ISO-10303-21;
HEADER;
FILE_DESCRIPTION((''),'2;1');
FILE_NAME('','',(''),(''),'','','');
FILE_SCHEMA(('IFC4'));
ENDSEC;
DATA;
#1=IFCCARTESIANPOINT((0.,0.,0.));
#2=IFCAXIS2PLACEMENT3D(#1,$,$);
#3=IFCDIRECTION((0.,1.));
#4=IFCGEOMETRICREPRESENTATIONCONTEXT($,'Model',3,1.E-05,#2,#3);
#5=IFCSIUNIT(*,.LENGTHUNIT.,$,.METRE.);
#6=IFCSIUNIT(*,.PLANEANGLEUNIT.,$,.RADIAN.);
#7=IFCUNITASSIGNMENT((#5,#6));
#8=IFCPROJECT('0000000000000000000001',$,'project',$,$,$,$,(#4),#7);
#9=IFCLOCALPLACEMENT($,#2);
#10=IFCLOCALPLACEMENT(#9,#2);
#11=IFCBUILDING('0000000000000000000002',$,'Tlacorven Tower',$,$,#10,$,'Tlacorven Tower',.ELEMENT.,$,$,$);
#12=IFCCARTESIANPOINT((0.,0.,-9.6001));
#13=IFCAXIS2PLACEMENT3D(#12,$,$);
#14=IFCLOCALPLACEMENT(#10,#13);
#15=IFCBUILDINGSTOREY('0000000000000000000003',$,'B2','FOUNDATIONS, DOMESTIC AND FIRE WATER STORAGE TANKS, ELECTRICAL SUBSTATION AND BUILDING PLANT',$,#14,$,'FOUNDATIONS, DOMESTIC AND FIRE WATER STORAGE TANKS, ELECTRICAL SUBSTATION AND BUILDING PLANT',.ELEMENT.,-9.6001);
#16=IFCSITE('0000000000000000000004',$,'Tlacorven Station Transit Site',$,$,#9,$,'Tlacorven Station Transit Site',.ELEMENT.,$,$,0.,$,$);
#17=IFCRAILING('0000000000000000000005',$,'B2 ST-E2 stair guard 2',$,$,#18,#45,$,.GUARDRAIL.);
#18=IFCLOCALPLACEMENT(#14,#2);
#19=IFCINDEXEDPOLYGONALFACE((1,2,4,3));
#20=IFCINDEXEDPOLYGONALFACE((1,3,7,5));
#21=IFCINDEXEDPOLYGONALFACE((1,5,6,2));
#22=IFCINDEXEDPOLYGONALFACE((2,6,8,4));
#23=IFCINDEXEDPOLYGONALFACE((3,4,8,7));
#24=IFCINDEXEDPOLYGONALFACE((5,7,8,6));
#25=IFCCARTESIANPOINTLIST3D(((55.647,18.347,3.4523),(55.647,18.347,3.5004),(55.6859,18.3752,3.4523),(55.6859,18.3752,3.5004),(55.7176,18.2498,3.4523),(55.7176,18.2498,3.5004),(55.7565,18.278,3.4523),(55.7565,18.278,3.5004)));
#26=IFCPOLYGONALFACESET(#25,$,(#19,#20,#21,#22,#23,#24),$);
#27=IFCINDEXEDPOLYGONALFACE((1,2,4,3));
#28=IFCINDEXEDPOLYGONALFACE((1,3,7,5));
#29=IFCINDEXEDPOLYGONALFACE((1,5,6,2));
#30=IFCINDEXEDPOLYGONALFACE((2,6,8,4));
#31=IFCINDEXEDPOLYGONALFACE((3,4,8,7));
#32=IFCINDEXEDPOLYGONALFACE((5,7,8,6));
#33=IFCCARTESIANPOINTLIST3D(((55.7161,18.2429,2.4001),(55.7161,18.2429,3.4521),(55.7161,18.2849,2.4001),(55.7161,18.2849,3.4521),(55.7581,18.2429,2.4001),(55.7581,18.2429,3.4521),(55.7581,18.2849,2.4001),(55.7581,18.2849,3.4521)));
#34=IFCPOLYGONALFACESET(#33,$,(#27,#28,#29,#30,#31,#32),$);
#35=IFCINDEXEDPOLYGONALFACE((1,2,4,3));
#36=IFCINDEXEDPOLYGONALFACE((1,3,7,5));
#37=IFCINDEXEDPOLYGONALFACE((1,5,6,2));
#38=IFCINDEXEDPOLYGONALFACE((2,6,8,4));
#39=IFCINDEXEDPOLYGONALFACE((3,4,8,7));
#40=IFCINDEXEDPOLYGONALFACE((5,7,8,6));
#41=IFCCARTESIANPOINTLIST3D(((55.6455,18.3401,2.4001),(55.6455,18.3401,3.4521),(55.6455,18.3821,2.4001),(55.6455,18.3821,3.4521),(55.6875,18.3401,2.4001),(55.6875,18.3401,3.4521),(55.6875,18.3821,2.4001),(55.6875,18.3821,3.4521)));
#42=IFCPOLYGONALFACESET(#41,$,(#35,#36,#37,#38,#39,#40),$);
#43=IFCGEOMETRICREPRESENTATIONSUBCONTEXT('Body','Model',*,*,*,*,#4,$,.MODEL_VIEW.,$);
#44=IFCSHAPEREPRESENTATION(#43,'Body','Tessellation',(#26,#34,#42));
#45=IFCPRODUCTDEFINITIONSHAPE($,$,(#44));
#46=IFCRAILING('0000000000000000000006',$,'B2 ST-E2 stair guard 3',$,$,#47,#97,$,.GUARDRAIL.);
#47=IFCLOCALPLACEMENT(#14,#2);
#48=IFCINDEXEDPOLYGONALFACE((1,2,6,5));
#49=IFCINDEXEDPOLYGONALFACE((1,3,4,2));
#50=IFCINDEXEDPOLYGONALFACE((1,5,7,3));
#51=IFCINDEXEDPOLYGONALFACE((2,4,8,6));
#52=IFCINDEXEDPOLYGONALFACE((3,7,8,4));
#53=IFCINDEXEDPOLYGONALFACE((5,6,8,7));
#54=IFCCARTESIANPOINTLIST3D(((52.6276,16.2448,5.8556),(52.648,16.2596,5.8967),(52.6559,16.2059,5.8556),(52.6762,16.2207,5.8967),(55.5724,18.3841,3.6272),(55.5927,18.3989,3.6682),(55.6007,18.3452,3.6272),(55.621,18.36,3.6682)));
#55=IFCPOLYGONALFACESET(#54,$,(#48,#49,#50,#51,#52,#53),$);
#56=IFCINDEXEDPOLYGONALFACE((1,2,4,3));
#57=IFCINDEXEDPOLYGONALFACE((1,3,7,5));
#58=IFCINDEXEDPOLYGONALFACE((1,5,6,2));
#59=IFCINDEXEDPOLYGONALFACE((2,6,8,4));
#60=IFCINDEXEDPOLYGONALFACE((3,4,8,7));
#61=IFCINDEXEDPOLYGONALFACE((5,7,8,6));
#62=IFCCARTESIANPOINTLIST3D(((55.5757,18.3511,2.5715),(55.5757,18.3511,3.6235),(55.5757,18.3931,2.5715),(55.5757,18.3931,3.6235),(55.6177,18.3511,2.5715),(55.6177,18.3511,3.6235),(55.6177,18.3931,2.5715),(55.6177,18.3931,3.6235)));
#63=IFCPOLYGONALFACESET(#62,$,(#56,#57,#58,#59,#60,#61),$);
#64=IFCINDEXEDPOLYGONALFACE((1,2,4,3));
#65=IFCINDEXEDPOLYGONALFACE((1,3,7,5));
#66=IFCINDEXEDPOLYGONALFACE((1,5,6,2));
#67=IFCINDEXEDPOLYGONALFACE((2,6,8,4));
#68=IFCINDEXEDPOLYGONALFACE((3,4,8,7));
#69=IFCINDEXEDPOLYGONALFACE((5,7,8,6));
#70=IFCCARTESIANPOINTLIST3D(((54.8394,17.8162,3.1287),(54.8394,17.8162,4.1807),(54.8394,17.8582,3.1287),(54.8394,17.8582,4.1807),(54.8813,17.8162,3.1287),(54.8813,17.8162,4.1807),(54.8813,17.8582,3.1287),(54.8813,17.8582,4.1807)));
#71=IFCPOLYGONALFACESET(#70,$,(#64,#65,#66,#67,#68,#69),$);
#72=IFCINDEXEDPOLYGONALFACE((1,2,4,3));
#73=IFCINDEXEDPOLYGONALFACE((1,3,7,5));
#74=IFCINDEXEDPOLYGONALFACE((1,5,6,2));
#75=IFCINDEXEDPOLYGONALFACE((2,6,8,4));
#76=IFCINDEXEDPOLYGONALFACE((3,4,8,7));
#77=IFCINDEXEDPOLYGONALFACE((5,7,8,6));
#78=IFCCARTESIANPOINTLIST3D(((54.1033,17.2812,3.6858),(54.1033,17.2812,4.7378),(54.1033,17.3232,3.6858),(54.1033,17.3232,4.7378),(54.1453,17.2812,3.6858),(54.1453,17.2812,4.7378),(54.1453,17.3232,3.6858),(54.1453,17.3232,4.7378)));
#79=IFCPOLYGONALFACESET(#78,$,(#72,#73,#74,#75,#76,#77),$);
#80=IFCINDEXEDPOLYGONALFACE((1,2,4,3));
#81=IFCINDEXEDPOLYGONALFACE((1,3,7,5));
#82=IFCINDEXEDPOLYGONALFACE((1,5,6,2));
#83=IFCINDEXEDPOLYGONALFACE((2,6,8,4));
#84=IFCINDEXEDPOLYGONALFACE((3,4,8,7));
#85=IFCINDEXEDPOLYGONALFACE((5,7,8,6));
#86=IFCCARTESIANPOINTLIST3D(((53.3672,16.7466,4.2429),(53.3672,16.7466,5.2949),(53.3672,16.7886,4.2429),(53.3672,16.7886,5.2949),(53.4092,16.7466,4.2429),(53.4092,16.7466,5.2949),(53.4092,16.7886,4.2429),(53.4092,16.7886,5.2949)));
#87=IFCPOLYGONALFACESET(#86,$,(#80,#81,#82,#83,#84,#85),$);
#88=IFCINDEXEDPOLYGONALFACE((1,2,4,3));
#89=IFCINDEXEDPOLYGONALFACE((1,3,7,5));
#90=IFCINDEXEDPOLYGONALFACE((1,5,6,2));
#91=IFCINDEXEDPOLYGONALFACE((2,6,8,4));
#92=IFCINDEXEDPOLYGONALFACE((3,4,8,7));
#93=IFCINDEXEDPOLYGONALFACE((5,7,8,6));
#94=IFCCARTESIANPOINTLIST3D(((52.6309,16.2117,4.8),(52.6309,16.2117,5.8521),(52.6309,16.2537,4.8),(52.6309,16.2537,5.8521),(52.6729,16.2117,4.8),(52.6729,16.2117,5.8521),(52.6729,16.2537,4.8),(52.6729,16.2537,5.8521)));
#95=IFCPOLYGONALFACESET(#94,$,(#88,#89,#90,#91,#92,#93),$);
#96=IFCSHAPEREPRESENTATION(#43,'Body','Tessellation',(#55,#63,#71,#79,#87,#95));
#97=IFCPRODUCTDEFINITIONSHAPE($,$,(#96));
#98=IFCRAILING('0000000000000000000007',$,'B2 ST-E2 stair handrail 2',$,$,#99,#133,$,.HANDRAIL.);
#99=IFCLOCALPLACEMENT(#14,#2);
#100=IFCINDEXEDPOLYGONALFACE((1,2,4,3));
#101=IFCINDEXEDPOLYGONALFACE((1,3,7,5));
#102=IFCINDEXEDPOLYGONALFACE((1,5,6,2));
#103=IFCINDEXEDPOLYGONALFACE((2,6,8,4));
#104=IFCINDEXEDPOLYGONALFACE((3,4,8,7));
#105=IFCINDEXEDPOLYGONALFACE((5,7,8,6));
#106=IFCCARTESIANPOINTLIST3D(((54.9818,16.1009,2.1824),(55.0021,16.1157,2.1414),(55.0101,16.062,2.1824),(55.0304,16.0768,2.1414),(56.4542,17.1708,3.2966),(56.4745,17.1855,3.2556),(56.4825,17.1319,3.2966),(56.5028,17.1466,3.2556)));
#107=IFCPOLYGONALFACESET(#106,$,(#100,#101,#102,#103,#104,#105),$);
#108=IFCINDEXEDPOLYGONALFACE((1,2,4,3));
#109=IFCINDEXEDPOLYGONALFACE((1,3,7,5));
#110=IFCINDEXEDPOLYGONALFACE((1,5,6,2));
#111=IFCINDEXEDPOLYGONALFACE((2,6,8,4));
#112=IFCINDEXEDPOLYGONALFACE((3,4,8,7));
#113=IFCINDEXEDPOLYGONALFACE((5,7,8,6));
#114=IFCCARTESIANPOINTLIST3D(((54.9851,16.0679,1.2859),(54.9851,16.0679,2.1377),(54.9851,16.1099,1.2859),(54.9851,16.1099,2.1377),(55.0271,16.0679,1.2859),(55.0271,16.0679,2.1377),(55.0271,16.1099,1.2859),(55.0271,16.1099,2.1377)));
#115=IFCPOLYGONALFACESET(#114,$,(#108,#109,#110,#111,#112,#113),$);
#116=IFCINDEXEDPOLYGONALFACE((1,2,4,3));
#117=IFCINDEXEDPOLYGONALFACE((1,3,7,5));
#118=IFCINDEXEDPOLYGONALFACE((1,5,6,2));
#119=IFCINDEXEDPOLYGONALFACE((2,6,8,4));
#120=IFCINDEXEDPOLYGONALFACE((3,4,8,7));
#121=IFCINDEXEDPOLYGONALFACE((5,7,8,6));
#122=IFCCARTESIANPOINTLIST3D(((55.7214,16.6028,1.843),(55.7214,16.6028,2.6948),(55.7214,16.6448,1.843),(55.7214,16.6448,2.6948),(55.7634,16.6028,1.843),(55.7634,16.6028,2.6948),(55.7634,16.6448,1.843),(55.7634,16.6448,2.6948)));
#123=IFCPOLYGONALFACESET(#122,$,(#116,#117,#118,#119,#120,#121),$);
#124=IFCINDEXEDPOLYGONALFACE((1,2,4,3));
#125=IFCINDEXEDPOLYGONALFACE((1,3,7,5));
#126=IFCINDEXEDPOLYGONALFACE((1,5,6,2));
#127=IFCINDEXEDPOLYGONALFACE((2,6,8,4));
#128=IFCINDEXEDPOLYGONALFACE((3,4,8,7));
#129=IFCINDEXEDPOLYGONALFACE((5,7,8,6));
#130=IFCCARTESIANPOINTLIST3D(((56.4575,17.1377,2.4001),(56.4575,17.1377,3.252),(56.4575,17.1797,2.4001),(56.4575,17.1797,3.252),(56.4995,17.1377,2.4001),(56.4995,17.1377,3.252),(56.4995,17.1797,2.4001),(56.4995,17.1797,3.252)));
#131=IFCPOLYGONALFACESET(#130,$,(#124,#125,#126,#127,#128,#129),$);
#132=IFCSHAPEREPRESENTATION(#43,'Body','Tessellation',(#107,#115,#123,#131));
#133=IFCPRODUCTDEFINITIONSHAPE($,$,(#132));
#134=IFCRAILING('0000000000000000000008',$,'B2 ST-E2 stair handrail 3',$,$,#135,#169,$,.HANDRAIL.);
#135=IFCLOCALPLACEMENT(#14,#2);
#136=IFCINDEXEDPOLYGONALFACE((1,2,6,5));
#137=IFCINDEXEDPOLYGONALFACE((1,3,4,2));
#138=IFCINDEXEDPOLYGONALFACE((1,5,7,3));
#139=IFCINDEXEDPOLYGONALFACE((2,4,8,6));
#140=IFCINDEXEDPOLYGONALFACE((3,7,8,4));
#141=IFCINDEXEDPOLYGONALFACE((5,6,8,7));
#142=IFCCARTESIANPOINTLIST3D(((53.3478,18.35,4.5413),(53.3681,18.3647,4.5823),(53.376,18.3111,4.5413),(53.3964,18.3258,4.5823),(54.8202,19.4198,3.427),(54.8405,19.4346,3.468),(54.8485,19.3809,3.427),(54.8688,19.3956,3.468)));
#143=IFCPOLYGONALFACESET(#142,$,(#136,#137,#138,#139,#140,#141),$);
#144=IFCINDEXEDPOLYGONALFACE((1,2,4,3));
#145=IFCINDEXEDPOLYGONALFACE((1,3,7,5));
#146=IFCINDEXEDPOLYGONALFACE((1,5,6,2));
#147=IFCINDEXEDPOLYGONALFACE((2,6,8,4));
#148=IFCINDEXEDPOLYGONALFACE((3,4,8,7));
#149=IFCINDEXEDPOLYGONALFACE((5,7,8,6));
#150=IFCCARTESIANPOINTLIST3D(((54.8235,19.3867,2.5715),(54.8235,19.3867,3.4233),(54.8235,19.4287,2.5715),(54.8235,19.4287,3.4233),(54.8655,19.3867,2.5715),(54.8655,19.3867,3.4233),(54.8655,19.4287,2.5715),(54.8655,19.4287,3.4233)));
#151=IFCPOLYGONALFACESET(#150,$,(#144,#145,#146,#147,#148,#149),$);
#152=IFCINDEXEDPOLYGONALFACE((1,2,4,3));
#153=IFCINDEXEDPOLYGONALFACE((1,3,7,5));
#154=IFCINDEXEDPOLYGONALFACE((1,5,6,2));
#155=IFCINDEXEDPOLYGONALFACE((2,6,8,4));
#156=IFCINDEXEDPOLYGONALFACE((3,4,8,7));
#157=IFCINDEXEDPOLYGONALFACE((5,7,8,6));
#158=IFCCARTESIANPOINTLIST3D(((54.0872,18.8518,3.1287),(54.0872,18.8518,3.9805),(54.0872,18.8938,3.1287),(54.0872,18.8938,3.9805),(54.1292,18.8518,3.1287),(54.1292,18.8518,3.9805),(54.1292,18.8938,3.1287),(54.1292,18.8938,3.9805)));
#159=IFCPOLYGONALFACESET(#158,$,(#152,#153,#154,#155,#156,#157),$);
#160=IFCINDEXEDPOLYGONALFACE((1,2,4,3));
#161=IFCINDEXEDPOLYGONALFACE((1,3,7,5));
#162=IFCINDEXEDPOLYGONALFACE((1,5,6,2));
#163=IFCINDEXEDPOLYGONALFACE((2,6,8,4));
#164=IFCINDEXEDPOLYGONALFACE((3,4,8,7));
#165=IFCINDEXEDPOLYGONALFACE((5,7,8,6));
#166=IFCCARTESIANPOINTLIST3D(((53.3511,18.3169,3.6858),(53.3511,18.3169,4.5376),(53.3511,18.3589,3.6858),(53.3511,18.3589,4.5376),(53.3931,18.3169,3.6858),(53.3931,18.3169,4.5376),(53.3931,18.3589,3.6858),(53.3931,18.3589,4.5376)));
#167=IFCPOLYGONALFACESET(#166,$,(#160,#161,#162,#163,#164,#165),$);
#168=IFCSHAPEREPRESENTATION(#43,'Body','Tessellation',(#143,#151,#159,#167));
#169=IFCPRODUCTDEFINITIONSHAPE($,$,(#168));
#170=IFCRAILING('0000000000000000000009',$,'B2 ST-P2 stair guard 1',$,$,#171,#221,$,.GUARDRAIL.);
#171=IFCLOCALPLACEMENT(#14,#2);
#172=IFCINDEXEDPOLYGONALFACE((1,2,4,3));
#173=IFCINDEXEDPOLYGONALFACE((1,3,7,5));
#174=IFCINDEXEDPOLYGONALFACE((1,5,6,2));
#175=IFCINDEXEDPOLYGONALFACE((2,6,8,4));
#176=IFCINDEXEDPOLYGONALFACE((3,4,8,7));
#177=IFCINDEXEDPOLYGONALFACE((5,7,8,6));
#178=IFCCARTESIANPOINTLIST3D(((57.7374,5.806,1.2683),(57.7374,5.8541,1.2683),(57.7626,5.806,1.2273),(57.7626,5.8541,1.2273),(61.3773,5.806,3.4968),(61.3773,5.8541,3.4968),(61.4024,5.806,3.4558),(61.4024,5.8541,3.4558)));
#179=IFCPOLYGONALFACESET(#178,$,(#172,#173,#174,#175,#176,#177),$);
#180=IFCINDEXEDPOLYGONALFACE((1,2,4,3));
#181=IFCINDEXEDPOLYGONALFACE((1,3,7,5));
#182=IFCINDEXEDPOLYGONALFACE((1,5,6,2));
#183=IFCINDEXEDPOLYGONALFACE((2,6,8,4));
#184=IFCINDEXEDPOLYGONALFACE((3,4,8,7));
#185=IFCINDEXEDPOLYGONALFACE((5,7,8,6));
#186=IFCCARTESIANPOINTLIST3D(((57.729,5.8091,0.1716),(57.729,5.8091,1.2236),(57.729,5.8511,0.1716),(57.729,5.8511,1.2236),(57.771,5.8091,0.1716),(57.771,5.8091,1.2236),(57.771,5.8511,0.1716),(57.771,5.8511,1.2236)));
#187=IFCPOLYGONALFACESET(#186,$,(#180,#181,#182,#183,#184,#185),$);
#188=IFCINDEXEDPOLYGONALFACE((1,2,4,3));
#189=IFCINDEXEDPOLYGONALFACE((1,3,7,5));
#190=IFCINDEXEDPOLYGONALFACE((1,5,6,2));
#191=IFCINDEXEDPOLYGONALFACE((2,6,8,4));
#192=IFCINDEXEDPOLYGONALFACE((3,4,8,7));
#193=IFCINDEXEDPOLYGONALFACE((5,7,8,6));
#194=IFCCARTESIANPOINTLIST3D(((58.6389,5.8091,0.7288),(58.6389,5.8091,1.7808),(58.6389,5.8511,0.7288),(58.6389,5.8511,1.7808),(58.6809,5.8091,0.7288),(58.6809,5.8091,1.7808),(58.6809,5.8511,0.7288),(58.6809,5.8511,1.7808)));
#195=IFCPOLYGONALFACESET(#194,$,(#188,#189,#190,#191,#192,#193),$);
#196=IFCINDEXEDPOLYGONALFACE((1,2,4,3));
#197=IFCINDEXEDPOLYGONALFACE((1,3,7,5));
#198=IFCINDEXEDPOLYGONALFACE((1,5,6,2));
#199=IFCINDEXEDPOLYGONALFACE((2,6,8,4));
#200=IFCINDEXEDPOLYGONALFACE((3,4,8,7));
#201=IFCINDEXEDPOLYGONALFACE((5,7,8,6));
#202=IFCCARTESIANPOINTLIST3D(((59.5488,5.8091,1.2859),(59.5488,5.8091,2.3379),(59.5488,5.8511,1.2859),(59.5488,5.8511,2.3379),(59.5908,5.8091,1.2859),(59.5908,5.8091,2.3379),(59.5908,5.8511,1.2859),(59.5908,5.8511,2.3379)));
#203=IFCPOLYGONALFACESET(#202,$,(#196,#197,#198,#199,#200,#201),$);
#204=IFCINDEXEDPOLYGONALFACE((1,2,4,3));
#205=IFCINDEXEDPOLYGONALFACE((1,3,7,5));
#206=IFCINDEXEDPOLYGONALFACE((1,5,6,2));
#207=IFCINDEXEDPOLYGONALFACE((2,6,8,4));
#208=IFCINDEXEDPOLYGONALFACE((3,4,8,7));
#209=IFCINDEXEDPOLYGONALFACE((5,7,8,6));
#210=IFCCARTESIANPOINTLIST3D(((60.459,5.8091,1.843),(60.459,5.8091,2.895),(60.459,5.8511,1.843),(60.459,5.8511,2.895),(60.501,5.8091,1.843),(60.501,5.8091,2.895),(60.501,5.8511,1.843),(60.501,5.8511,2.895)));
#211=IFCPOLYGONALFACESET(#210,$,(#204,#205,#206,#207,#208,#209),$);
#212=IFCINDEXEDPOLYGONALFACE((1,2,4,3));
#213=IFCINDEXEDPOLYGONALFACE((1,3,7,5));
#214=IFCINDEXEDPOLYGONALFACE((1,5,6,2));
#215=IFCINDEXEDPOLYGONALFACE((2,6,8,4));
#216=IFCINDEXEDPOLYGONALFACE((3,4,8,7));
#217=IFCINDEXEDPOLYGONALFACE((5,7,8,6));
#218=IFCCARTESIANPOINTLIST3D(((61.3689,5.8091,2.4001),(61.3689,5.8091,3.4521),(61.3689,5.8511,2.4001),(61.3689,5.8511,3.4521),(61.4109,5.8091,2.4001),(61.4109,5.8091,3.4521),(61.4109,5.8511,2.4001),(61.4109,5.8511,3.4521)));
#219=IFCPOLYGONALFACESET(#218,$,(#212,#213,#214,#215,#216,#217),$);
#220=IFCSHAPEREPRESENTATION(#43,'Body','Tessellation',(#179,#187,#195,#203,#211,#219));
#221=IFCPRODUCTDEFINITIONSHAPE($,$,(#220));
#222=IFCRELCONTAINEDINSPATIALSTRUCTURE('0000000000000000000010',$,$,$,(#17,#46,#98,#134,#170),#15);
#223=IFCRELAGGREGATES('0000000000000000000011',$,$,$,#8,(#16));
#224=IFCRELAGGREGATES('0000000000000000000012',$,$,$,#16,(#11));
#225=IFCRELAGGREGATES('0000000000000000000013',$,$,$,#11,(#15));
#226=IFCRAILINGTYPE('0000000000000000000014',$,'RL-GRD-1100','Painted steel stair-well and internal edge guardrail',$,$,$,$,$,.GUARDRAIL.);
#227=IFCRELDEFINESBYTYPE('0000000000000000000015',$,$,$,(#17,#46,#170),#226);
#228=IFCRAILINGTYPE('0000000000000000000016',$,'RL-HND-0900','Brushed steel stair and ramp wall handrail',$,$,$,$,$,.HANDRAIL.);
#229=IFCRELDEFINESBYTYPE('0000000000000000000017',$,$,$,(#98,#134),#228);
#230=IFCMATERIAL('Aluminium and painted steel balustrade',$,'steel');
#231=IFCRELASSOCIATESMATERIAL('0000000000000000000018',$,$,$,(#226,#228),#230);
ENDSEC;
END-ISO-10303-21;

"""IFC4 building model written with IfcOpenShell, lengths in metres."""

from ifc_helpers import new_model, si_unit, direction, frame, origin, origin_2d, place, context, subcontext, project, spatial, rectangle, extrude, source, transform, mapped, material, type_object, element, save


model = new_model("IFC4")

# Units and contexts
model_context = context("Model", 3, precision=1e-05, world=origin(), true_north=direction((0.0, 1.0)))
body_context = subcontext(model_context, "Body", "Model", "MODEL_VIEW")
ifc_project = project(units=[si_unit("LENGTHUNIT", "METRE"), si_unit("PLANEANGLEUNIT", "RADIAN")], contexts=[model_context])

# Site, building, storey
site_placement = place(None, origin())
site = spatial("IfcSite", under=ifc_project, at=site_placement, Name="Tlacorven Station Transit Site", LongName="Tlacorven Station Transit Site", CompositionType="ELEMENT", RefElevation=0.0)
building_placement = place(site_placement, origin())
building = spatial("IfcBuilding", under=site, at=building_placement, Name="Tlacorven Tower", LongName="Tlacorven Tower", CompositionType="ELEMENT")
storey_placement = place(building_placement, frame((0.0, 0.0, -9.6001)))
storey = spatial("IfcBuildingStorey", under=building, at=storey_placement, Name="B2", Description="FOUNDATIONS, DOMESTIC AND FIRE WATER STORAGE TANKS, ELECTRICAL SUBSTATION AND BUILDING PLANT", LongName="FOUNDATIONS, DOMESTIC AND FIRE WATER STORAGE TANKS, ELECTRICAL SUBSTATION AND BUILDING PLANT", CompositionType="ELEMENT", Elevation=-9.6001)

# Railings
ifc_material_1 = material(Name="Aluminium and painted steel balustrade", Category="steel")
railing_type_1 = type_object("IfcRailingType", Name="RL-GRD-1100", Description="Painted steel stair-well and internal edge guardrail", PredefinedType="GUARDRAIL", material=ifc_material_1)
shared_shape_1 = source(origin(), body_context, "Body", "SweptSolid", [
    extrude(rectangle(XDim=0.0481, YDim=0.0481, at=origin_2d()), frame((0.0, 0.0, 1.0762), z_axis=(-0.587567, 0.809175, 0.0), x_axis=(-0.809175, -0.587567, 0.0)), (0.0, 0.0, 1.0), 0.1201),
    extrude(rectangle(XDim=0.042, YDim=0.042, at=origin_2d()), origin(), (0.0, 0.0, 1.0), 1.052),
    extrude(rectangle(XDim=0.042, YDim=0.042, at=origin_2d()), frame((-0.0706, 0.0972, 0.0)), (0.0, 0.0, 1.0), 1.052),
])
railing_1_placement = place(storey_placement, frame((55.7371, 18.2639, 2.4001)))
element("IfcRailing", 1, at=railing_1_placement, inside=storey, type_object=railing_type_1, Name="B2 ST-E2 stair guard 2", PredefinedType="GUARDRAIL", context=body_context, shape_type="MappedRepresentation", body=[
    mapped(shared_shape_1, transform((0.0, 0.0, 0.0), scale=1.0)),
])
shared_shape_2 = source(origin(), body_context, "Body", "SweptSolid", [
    extrude(rectangle(XDim=0.0481, YDim=0.0481, at=origin_2d()), frame((0.0, 0.0, 1.0762), z_axis=(-0.689987, -0.501273, 0.522152), x_axis=(0.587761, -0.809035, 0.0)), (0.0, 0.0, 1.0), 4.2678),
    extrude(rectangle(XDim=0.042, YDim=0.042, at=origin_2d()), origin(), (0.0, 0.0, 1.0), 1.052),
    extrude(rectangle(XDim=0.042, YDim=0.042, at=origin_2d()), frame((-0.7363, -0.5349, 0.5571)), (0.0, 0.0, 1.0), 1.052),
    extrude(rectangle(XDim=0.042, YDim=0.042, at=origin_2d()), frame((-1.4724, -1.0698, 1.1143)), (0.0, 0.0, 1.0), 1.052),
    extrude(rectangle(XDim=0.042, YDim=0.042, at=origin_2d()), frame((-2.2085, -1.6045, 1.6714)), (0.0, 0.0, 1.0), 1.052),
    extrude(rectangle(XDim=0.042, YDim=0.042, at=origin_2d()), frame((-2.9448, -2.1394, 2.2285)), (0.0, 0.0, 1.0), 1.052),
])
railing_2_placement = place(storey_placement, frame((55.5967, 18.3721, 2.5715)))
element("IfcRailing", 2, at=railing_2_placement, inside=storey, type_object=railing_type_1, Name="B2 ST-E2 stair guard 3", PredefinedType="GUARDRAIL", context=body_context, shape_type="MappedRepresentation", body=[
    mapped(shared_shape_2, transform((0.0, 0.0, 0.0), scale=1.0)),
])
railing_type_2 = type_object("IfcRailingType", Name="RL-HND-0900", Description="Brushed steel stair and ramp wall handrail", PredefinedType="HANDRAIL", material=ifc_material_1)
shared_shape_3 = source(origin(), body_context, "Body", "SweptSolid", [
    extrude(rectangle(XDim=0.0481, YDim=0.0481, at=origin_2d()), frame((0.0, 0.0, 0.876), z_axis=(0.689967, 0.501316, 0.522137), x_axis=(-0.587805, 0.809003, 0.0)), (0.0, 0.0, 1.0), 2.134),
    extrude(rectangle(XDim=0.042, YDim=0.042, at=origin_2d()), origin(), (0.0, 0.0, 1.0), 0.8518),
    extrude(rectangle(XDim=0.042, YDim=0.042, at=origin_2d()), frame((0.7363, 0.5349, 0.5571)), (0.0, 0.0, 1.0), 0.8518),
    extrude(rectangle(XDim=0.042, YDim=0.042, at=origin_2d()), frame((1.4724, 1.0698, 1.1143)), (0.0, 0.0, 1.0), 0.8518),
])
railing_3_placement = place(storey_placement, frame((55.0061, 16.0889, 1.2859)))
element("IfcRailing", 3, at=railing_3_placement, inside=storey, type_object=railing_type_2, Name="B2 ST-E2 stair handrail 2", PredefinedType="HANDRAIL", context=body_context, shape_type="MappedRepresentation", body=[
    mapped(shared_shape_3, transform((0.0, 0.0, 0.0), scale=1.0)),
])
shared_shape_4 = source(origin(), body_context, "Body", "SweptSolid", [
    extrude(rectangle(XDim=0.0481, YDim=0.0481, at=origin_2d()), frame((0.0, 0.0, 0.876), z_axis=(-0.689967, -0.501316, 0.522137), x_axis=(0.587805, -0.809003, 0.0)), (0.0, 0.0, 1.0), 2.134),
    extrude(rectangle(XDim=0.042, YDim=0.042, at=origin_2d()), origin(), (0.0, 0.0, 1.0), 0.8518),
    extrude(rectangle(XDim=0.042, YDim=0.042, at=origin_2d()), frame((-0.7363, -0.5349, 0.5571)), (0.0, 0.0, 1.0), 0.8518),
    extrude(rectangle(XDim=0.042, YDim=0.042, at=origin_2d()), frame((-1.4724, -1.0698, 1.1143)), (0.0, 0.0, 1.0), 0.8518),
])
railing_4_placement = place(storey_placement, frame((54.8445, 19.4077, 2.5715)))
element("IfcRailing", 4, at=railing_4_placement, inside=storey, type_object=railing_type_2, Name="B2 ST-E2 stair handrail 3", PredefinedType="HANDRAIL", context=body_context, shape_type="MappedRepresentation", body=[
    mapped(shared_shape_4, transform((0.0, 0.0, 0.0), scale=1.0)),
])
shared_shape_5 = source(origin(), body_context, "Body", "SweptSolid", [
    extrude(rectangle(XDim=0.0481, YDim=0.0481, at=origin_2d()), frame((0.0, 0.0, 1.0762), z_axis=(0.85285, 0.0, 0.522156), x_axis=(0.0, 1.0, 0.0)), (0.0, 0.0, 1.0), 4.2678),
    extrude(rectangle(XDim=0.042, YDim=0.042, at=origin_2d()), origin(), (0.0, 0.0, 1.0), 1.052),
    extrude(rectangle(XDim=0.042, YDim=0.042, at=origin_2d()), frame((0.9099, 0.0, 0.5571)), (0.0, 0.0, 1.0), 1.052),
    extrude(rectangle(XDim=0.042, YDim=0.042, at=origin_2d()), frame((1.8198, 0.0, 1.1143)), (0.0, 0.0, 1.0), 1.052),
    extrude(rectangle(XDim=0.042, YDim=0.042, at=origin_2d()), frame((2.73, 0.0, 1.6714)), (0.0, 0.0, 1.0), 1.052),
    extrude(rectangle(XDim=0.042, YDim=0.042, at=origin_2d()), frame((3.6399, 0.0, 2.2285)), (0.0, 0.0, 1.0), 1.052),
])
railing_5_placement = place(storey_placement, frame((57.75, 5.8301, 0.1716)))
element("IfcRailing", 5, at=railing_5_placement, inside=storey, type_object=railing_type_1, Name="B2 ST-P2 stair guard 1", PredefinedType="GUARDRAIL", context=body_context, shape_type="MappedRepresentation", body=[
    mapped(shared_shape_5, transform((0.0, 0.0, 0.0), scale=1.0)),
])

save(model, "model.ifc")
